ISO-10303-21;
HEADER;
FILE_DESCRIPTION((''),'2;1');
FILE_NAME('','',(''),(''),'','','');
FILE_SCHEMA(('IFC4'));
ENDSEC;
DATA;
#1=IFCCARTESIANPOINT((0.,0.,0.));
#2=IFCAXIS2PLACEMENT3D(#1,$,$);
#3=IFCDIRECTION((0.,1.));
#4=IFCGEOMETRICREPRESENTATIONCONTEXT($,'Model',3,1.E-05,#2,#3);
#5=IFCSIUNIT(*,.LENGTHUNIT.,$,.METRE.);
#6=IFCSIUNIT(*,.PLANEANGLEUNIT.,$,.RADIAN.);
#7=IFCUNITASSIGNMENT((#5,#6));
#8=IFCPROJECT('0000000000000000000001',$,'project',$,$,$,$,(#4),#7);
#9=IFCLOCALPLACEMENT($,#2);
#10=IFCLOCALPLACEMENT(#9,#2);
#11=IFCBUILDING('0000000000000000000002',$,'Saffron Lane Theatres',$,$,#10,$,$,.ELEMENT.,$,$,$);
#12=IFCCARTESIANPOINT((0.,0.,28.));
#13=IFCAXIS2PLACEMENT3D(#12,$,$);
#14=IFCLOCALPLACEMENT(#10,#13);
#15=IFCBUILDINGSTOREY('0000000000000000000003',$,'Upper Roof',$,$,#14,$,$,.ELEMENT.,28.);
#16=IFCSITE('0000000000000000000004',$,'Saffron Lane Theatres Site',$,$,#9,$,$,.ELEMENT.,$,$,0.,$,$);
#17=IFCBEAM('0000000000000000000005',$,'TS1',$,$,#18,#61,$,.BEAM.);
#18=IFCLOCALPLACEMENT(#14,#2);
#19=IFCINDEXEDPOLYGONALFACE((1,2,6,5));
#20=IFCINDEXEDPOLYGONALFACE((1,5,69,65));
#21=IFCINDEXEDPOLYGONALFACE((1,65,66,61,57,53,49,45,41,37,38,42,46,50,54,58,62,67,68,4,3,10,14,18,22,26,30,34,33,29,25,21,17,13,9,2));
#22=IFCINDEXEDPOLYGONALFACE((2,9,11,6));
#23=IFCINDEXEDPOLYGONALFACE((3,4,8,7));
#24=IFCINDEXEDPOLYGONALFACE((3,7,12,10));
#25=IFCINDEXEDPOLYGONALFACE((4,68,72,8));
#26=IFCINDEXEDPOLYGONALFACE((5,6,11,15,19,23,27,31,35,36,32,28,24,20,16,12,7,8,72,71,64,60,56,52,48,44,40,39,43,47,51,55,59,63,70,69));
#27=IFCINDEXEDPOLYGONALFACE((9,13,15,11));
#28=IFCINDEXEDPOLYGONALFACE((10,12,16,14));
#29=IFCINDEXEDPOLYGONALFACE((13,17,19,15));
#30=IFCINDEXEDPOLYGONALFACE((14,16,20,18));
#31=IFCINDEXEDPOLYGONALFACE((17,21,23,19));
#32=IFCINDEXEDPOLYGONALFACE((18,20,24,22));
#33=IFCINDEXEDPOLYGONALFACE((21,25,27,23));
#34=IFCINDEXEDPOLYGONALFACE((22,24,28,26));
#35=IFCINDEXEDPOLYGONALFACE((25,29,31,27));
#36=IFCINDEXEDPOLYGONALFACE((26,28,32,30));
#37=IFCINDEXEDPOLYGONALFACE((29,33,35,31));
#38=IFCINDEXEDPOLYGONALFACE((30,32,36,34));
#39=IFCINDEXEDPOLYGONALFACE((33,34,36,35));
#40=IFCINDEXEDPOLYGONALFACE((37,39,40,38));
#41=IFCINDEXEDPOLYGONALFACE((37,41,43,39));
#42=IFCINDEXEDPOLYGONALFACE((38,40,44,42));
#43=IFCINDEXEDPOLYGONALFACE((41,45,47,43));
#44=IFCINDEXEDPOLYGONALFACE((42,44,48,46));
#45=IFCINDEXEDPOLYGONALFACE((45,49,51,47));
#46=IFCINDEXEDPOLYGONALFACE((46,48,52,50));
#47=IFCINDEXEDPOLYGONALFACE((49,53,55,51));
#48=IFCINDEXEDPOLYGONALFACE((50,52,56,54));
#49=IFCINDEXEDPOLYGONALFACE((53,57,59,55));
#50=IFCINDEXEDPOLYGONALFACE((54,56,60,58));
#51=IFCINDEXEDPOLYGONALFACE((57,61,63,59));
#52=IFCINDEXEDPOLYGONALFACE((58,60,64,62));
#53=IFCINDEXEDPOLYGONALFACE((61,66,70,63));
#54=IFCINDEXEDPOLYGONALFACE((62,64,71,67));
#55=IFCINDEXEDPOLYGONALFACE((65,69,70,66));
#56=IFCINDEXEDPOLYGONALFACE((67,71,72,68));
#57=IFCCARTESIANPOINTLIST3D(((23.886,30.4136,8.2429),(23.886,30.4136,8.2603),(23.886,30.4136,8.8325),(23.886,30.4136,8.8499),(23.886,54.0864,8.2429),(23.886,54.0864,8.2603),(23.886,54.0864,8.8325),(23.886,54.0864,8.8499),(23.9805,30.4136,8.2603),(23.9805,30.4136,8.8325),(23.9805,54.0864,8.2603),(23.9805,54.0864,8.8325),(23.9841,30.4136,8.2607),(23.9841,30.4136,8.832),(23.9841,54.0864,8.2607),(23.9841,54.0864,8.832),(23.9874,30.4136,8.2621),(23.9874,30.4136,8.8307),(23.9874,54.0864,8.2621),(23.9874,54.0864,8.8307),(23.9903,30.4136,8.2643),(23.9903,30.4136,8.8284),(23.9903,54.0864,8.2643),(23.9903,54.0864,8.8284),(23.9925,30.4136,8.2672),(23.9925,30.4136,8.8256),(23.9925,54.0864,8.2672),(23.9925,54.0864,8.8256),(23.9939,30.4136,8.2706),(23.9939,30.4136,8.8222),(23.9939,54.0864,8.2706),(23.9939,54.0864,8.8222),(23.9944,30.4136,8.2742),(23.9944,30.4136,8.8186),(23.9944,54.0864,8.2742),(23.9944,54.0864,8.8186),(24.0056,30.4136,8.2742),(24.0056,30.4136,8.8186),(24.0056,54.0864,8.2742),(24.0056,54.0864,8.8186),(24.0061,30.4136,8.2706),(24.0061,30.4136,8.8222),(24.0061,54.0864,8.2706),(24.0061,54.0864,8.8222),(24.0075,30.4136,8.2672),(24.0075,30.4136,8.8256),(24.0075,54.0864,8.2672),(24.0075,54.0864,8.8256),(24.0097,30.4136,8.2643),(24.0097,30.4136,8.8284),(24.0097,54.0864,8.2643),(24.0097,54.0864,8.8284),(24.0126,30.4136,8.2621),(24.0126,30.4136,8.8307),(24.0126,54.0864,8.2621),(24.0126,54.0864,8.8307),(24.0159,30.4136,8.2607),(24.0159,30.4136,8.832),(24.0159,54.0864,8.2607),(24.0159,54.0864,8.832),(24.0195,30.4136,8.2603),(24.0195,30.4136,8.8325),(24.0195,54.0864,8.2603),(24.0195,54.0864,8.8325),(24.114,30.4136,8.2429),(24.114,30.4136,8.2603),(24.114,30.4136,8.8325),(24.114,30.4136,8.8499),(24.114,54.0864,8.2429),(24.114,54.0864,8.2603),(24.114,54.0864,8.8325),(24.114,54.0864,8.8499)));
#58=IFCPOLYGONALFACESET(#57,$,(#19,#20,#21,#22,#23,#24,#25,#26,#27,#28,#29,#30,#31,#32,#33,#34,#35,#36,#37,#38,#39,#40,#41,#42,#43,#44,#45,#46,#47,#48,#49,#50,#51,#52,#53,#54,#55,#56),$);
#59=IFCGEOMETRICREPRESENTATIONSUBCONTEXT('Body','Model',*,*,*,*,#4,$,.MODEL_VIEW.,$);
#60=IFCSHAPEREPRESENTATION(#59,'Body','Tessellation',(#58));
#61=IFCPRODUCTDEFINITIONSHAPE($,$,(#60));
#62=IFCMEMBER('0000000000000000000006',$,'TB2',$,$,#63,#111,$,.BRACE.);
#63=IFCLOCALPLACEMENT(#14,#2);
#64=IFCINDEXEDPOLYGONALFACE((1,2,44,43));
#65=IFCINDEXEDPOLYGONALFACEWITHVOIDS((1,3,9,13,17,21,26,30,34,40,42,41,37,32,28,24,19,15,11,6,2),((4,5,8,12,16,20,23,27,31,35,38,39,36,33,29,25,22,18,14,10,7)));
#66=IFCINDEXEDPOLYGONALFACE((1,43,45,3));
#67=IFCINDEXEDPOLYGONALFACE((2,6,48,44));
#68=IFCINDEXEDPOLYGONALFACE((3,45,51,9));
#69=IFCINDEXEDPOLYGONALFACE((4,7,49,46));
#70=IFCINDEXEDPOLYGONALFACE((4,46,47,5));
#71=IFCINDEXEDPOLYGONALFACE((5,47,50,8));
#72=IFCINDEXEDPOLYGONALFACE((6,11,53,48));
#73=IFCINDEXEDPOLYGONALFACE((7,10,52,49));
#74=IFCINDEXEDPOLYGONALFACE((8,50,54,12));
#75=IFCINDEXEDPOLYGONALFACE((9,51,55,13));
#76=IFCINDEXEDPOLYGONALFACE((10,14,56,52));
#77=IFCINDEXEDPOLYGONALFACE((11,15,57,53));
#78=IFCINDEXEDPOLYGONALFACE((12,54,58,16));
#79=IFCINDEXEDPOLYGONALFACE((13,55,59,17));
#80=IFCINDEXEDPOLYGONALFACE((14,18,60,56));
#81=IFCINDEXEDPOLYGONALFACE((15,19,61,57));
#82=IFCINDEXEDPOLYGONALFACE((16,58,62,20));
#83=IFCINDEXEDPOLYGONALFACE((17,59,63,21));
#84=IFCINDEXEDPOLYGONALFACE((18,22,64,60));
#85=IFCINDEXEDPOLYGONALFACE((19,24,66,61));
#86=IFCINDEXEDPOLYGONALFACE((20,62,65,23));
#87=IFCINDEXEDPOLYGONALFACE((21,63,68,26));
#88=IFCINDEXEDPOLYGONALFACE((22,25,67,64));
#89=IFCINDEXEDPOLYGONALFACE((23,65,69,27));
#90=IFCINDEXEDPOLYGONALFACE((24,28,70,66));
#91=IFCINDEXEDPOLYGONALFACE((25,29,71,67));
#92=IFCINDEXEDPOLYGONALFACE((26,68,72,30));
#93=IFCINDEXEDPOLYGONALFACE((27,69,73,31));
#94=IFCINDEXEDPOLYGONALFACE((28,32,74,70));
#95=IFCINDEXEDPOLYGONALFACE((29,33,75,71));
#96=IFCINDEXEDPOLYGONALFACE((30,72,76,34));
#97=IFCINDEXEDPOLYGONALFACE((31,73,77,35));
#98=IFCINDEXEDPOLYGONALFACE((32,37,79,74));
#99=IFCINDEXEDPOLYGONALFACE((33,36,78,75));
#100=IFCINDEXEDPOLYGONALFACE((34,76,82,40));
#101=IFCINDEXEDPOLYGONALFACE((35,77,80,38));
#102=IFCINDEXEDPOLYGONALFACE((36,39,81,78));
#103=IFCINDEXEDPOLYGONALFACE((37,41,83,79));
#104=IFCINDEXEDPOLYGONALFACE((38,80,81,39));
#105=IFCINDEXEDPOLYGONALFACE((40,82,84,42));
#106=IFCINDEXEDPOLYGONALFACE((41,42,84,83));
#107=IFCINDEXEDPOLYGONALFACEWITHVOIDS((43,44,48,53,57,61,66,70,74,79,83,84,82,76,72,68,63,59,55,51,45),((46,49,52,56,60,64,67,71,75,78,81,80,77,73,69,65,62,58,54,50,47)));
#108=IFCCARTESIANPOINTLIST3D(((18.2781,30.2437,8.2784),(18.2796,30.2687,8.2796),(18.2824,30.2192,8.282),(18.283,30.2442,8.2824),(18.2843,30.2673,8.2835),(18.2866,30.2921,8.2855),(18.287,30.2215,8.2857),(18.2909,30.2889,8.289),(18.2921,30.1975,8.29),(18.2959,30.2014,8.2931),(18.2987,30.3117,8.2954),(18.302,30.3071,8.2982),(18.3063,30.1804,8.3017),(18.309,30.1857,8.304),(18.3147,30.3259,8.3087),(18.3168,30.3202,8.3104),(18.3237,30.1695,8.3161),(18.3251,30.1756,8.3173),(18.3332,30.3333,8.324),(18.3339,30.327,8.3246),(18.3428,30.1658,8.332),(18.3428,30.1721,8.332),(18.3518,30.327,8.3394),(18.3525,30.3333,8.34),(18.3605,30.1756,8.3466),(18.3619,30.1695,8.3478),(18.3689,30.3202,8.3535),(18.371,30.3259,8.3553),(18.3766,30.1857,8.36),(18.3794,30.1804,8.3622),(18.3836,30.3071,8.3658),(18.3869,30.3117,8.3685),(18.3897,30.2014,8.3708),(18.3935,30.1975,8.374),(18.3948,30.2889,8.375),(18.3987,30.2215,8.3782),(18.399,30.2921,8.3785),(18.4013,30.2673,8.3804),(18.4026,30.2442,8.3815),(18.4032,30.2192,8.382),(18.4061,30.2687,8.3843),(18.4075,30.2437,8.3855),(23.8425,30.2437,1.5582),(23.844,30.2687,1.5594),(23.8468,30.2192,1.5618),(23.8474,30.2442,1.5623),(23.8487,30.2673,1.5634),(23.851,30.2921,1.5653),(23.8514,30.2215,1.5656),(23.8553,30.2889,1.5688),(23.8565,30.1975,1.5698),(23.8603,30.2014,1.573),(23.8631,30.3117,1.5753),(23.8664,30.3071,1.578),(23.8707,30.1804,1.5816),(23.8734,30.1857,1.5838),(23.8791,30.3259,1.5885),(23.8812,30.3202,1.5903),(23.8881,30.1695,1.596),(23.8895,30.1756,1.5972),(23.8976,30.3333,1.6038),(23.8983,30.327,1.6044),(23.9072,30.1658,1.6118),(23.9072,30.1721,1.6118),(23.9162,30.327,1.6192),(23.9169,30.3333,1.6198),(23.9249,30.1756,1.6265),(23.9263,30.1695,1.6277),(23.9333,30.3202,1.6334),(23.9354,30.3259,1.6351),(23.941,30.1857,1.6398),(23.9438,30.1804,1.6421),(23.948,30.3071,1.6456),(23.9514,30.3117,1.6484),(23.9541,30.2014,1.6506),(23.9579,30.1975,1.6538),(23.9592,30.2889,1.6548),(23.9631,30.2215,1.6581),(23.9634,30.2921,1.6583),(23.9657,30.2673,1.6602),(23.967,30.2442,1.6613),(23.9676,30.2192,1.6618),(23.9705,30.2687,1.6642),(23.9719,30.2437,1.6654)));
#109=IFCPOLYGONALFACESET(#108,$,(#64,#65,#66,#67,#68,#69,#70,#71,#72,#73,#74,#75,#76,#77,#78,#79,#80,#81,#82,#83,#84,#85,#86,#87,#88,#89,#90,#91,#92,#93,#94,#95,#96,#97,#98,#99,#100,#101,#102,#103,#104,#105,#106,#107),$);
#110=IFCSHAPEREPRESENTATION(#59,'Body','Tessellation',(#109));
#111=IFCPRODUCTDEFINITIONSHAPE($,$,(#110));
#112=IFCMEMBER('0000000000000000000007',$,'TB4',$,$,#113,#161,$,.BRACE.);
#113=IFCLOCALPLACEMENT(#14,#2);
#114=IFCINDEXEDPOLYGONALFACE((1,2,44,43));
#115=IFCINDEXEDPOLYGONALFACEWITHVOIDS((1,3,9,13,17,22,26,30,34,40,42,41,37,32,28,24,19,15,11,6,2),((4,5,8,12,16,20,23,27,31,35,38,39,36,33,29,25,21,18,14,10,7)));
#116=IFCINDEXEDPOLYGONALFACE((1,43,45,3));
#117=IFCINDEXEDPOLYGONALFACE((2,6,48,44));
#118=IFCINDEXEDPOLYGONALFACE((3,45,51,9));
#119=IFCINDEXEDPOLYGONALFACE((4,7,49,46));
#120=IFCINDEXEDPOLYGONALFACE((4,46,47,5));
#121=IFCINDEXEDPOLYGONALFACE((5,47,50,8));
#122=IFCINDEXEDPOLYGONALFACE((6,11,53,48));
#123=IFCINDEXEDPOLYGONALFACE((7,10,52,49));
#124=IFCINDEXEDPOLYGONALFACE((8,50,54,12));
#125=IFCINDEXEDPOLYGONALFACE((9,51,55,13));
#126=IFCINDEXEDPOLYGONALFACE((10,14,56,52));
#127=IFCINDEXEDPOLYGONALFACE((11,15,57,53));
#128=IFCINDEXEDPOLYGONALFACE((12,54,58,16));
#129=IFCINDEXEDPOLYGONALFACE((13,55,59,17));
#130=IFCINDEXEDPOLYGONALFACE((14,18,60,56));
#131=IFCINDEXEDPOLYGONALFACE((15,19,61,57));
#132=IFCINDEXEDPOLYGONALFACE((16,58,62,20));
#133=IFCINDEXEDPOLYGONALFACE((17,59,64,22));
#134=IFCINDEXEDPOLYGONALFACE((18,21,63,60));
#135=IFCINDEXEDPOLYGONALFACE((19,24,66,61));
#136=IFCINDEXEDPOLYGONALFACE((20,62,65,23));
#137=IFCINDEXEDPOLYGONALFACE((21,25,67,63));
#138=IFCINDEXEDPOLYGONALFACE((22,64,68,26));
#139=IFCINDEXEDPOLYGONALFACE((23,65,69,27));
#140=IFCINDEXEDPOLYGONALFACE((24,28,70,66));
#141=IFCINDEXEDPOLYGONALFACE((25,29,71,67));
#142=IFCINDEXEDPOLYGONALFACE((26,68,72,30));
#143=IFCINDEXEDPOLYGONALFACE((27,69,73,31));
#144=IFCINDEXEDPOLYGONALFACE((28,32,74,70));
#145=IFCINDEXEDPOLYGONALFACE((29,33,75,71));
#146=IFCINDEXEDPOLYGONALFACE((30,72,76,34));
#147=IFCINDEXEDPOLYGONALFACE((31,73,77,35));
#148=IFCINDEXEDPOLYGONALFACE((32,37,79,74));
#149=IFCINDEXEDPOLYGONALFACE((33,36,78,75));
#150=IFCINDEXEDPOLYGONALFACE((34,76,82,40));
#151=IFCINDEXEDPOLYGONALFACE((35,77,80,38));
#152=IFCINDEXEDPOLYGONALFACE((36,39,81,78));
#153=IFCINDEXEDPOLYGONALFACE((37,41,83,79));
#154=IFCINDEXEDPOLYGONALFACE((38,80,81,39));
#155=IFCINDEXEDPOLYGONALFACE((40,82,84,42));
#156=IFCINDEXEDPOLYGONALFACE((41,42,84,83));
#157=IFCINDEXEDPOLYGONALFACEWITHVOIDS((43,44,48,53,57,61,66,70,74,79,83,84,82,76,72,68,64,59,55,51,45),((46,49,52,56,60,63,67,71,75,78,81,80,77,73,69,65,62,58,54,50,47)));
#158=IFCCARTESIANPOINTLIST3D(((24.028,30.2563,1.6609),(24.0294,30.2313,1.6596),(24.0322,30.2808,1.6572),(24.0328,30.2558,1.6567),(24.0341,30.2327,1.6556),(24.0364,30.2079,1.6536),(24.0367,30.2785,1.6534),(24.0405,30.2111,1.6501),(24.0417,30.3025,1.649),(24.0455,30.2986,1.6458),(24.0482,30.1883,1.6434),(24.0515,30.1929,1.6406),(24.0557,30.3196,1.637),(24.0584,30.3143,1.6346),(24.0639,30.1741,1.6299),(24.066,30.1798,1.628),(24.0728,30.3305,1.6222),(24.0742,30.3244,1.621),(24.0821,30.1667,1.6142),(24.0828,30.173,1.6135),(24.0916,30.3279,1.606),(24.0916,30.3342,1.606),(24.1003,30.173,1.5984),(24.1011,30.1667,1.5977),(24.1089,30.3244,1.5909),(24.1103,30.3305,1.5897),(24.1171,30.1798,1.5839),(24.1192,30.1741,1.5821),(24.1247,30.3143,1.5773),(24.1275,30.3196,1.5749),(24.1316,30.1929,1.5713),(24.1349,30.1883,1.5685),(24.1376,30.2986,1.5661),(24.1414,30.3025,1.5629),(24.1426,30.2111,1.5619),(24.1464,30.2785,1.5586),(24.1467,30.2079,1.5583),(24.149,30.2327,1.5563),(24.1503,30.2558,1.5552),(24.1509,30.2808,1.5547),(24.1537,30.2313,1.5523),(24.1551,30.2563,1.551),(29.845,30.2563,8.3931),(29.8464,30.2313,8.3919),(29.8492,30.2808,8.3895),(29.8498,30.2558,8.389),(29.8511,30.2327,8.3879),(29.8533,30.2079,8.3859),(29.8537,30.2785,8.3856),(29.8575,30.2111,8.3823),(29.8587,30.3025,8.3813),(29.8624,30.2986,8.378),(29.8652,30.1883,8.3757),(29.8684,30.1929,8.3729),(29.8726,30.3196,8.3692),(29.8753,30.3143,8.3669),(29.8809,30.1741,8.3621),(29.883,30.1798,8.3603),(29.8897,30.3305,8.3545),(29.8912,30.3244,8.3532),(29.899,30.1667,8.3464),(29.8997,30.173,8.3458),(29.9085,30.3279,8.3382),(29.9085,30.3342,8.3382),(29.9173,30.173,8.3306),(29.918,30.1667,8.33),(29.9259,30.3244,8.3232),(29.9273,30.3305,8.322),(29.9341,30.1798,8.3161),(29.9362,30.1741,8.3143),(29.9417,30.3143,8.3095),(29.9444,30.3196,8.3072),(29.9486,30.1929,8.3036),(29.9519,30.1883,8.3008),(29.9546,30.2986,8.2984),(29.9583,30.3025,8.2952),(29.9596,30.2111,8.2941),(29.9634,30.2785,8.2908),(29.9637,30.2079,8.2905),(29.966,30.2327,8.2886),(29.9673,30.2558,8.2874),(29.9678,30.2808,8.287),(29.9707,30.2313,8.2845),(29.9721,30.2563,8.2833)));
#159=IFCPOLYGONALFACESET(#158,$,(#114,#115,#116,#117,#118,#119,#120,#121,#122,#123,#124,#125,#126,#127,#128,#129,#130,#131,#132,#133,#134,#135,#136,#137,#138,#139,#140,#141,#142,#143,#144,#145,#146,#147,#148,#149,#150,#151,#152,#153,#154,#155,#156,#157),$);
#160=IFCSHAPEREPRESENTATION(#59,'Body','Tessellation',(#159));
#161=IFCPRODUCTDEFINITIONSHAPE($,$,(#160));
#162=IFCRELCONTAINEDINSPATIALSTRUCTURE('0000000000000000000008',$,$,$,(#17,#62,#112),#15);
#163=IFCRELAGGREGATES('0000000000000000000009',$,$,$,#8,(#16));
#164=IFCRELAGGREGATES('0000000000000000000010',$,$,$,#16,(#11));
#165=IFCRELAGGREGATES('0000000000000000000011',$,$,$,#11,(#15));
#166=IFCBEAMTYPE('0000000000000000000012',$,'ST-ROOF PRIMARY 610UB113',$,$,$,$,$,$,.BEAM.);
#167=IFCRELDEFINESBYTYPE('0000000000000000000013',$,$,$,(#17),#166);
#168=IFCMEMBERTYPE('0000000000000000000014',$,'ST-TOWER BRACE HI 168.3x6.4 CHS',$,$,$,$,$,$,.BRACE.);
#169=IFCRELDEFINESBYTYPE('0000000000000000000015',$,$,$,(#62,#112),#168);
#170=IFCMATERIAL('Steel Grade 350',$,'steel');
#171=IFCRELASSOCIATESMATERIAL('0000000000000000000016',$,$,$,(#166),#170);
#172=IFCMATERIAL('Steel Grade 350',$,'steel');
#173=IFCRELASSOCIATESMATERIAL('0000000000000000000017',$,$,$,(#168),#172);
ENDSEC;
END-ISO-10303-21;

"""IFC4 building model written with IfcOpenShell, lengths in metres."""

from ifc_helpers import new_model, si_unit, direction, frame, origin, origin_2d, place, context, subcontext, project, spatial, hollow_circle, i_section, extrude, material, material_profile, profile_set, type_object, element, save


model = new_model("IFC4")

# Units and contexts
model_context = context("Model", 3, precision=1e-05, world=origin(), true_north=direction((0.0, 1.0)))
body_context = subcontext(model_context, "Body", "Model", "MODEL_VIEW")
ifc_project = project(units=[si_unit("LENGTHUNIT", "METRE"), si_unit("PLANEANGLEUNIT", "RADIAN")], contexts=[model_context])

# Site, building, storey
site_placement = place(None, origin())
site = spatial("IfcSite", under=ifc_project, at=site_placement, Name="Saffron Lane Theatres Site", CompositionType="ELEMENT", RefElevation=0.0)
building_placement = place(site_placement, origin())
building = spatial("IfcBuilding", under=site, at=building_placement, Name="Saffron Lane Theatres", CompositionType="ELEMENT")
storey_placement = place(building_placement, frame((0.0, 0.0, 28.0)))
storey = spatial("IfcBuildingStorey", under=building, at=storey_placement, Name="Upper Roof", CompositionType="ELEMENT", Elevation=28.0)

# Beam
ifc_material_1 = material(Name="Steel Grade 350", Category="steel")
ifc_material_profile_1 = material_profile(ifc_material_1, i_section(OverallWidth=0.228, OverallDepth=0.6069, WebThickness=0.0112, FlangeThickness=0.0173, FilletRadius=0.0139, at=origin_2d()))
ifc_profile_set_1 = profile_set([ifc_material_profile_1], Name="Steel Grade 350")
beam_type_1 = type_object("IfcBeamType", Name="ST-ROOF PRIMARY 610UB113", PredefinedType="BEAM", material=ifc_profile_set_1)
beam_1_placement = place(storey_placement, frame((24.0, 30.4136, 8.5464), z_axis=(0.0, 1.0, 0.0), x_axis=(-1.0, 0.0, 0.0)))
element("IfcBeam", 1, at=beam_1_placement, inside=storey, type_object=beam_type_1, Name="TS1", PredefinedType="BEAM", context=body_context, shape_type="SweptSolid", body=[
    extrude(i_section(OverallWidth=0.228, OverallDepth=0.6069, WebThickness=0.0112, FlangeThickness=0.0173, FilletRadius=0.0139, at=origin_2d()), origin(), (0.0, 0.0, 1.0), 23.6729),
])

# Members
ifc_material_2 = material(Name="Steel Grade 350", Category="steel")
ifc_material_profile_2 = material_profile(ifc_material_2, hollow_circle(Radius=0.0842, WallThickness=0.0063, at=origin_2d()))
ifc_profile_set_2 = profile_set([ifc_material_profile_2], Name="Steel Grade 350")
member_type_1 = type_object("IfcMemberType", Name="ST-TOWER BRACE HI 168.3x6.4 CHS", PredefinedType="BRACE", material=ifc_profile_set_2)
member_1_placement = place(storey_placement, frame((23.9072, 30.25, 1.6118), z_axis=(-0.637765, 0.0, 0.770231), x_axis=(0.0, -1.0, 0.0)))
element("IfcMember", 2, at=member_1_placement, inside=storey, type_object=member_type_1, Name="TB2", PredefinedType="BRACE", context=body_context, shape_type="SweptSolid", body=[
    extrude(hollow_circle(Radius=0.0842, WallThickness=0.0063, at=origin_2d()), origin(), (0.0, 0.0, 1.0), 8.7249),
])
member_2_placement = place(storey_placement, frame((24.0916, 30.25, 1.606), z_axis=(0.653796, 0.0, 0.756671), x_axis=(0.0, 1.0, 0.0)))
element("IfcMember", 3, at=member_2_placement, inside=storey, type_object=member_type_1, Name="TB4", PredefinedType="BRACE", context=body_context, shape_type="SweptSolid", body=[
    extrude(hollow_circle(Radius=0.0842, WallThickness=0.0063, at=origin_2d()), origin(), (0.0, 0.0, 1.0), 8.8972),
])

save(model, "model.ifc")
